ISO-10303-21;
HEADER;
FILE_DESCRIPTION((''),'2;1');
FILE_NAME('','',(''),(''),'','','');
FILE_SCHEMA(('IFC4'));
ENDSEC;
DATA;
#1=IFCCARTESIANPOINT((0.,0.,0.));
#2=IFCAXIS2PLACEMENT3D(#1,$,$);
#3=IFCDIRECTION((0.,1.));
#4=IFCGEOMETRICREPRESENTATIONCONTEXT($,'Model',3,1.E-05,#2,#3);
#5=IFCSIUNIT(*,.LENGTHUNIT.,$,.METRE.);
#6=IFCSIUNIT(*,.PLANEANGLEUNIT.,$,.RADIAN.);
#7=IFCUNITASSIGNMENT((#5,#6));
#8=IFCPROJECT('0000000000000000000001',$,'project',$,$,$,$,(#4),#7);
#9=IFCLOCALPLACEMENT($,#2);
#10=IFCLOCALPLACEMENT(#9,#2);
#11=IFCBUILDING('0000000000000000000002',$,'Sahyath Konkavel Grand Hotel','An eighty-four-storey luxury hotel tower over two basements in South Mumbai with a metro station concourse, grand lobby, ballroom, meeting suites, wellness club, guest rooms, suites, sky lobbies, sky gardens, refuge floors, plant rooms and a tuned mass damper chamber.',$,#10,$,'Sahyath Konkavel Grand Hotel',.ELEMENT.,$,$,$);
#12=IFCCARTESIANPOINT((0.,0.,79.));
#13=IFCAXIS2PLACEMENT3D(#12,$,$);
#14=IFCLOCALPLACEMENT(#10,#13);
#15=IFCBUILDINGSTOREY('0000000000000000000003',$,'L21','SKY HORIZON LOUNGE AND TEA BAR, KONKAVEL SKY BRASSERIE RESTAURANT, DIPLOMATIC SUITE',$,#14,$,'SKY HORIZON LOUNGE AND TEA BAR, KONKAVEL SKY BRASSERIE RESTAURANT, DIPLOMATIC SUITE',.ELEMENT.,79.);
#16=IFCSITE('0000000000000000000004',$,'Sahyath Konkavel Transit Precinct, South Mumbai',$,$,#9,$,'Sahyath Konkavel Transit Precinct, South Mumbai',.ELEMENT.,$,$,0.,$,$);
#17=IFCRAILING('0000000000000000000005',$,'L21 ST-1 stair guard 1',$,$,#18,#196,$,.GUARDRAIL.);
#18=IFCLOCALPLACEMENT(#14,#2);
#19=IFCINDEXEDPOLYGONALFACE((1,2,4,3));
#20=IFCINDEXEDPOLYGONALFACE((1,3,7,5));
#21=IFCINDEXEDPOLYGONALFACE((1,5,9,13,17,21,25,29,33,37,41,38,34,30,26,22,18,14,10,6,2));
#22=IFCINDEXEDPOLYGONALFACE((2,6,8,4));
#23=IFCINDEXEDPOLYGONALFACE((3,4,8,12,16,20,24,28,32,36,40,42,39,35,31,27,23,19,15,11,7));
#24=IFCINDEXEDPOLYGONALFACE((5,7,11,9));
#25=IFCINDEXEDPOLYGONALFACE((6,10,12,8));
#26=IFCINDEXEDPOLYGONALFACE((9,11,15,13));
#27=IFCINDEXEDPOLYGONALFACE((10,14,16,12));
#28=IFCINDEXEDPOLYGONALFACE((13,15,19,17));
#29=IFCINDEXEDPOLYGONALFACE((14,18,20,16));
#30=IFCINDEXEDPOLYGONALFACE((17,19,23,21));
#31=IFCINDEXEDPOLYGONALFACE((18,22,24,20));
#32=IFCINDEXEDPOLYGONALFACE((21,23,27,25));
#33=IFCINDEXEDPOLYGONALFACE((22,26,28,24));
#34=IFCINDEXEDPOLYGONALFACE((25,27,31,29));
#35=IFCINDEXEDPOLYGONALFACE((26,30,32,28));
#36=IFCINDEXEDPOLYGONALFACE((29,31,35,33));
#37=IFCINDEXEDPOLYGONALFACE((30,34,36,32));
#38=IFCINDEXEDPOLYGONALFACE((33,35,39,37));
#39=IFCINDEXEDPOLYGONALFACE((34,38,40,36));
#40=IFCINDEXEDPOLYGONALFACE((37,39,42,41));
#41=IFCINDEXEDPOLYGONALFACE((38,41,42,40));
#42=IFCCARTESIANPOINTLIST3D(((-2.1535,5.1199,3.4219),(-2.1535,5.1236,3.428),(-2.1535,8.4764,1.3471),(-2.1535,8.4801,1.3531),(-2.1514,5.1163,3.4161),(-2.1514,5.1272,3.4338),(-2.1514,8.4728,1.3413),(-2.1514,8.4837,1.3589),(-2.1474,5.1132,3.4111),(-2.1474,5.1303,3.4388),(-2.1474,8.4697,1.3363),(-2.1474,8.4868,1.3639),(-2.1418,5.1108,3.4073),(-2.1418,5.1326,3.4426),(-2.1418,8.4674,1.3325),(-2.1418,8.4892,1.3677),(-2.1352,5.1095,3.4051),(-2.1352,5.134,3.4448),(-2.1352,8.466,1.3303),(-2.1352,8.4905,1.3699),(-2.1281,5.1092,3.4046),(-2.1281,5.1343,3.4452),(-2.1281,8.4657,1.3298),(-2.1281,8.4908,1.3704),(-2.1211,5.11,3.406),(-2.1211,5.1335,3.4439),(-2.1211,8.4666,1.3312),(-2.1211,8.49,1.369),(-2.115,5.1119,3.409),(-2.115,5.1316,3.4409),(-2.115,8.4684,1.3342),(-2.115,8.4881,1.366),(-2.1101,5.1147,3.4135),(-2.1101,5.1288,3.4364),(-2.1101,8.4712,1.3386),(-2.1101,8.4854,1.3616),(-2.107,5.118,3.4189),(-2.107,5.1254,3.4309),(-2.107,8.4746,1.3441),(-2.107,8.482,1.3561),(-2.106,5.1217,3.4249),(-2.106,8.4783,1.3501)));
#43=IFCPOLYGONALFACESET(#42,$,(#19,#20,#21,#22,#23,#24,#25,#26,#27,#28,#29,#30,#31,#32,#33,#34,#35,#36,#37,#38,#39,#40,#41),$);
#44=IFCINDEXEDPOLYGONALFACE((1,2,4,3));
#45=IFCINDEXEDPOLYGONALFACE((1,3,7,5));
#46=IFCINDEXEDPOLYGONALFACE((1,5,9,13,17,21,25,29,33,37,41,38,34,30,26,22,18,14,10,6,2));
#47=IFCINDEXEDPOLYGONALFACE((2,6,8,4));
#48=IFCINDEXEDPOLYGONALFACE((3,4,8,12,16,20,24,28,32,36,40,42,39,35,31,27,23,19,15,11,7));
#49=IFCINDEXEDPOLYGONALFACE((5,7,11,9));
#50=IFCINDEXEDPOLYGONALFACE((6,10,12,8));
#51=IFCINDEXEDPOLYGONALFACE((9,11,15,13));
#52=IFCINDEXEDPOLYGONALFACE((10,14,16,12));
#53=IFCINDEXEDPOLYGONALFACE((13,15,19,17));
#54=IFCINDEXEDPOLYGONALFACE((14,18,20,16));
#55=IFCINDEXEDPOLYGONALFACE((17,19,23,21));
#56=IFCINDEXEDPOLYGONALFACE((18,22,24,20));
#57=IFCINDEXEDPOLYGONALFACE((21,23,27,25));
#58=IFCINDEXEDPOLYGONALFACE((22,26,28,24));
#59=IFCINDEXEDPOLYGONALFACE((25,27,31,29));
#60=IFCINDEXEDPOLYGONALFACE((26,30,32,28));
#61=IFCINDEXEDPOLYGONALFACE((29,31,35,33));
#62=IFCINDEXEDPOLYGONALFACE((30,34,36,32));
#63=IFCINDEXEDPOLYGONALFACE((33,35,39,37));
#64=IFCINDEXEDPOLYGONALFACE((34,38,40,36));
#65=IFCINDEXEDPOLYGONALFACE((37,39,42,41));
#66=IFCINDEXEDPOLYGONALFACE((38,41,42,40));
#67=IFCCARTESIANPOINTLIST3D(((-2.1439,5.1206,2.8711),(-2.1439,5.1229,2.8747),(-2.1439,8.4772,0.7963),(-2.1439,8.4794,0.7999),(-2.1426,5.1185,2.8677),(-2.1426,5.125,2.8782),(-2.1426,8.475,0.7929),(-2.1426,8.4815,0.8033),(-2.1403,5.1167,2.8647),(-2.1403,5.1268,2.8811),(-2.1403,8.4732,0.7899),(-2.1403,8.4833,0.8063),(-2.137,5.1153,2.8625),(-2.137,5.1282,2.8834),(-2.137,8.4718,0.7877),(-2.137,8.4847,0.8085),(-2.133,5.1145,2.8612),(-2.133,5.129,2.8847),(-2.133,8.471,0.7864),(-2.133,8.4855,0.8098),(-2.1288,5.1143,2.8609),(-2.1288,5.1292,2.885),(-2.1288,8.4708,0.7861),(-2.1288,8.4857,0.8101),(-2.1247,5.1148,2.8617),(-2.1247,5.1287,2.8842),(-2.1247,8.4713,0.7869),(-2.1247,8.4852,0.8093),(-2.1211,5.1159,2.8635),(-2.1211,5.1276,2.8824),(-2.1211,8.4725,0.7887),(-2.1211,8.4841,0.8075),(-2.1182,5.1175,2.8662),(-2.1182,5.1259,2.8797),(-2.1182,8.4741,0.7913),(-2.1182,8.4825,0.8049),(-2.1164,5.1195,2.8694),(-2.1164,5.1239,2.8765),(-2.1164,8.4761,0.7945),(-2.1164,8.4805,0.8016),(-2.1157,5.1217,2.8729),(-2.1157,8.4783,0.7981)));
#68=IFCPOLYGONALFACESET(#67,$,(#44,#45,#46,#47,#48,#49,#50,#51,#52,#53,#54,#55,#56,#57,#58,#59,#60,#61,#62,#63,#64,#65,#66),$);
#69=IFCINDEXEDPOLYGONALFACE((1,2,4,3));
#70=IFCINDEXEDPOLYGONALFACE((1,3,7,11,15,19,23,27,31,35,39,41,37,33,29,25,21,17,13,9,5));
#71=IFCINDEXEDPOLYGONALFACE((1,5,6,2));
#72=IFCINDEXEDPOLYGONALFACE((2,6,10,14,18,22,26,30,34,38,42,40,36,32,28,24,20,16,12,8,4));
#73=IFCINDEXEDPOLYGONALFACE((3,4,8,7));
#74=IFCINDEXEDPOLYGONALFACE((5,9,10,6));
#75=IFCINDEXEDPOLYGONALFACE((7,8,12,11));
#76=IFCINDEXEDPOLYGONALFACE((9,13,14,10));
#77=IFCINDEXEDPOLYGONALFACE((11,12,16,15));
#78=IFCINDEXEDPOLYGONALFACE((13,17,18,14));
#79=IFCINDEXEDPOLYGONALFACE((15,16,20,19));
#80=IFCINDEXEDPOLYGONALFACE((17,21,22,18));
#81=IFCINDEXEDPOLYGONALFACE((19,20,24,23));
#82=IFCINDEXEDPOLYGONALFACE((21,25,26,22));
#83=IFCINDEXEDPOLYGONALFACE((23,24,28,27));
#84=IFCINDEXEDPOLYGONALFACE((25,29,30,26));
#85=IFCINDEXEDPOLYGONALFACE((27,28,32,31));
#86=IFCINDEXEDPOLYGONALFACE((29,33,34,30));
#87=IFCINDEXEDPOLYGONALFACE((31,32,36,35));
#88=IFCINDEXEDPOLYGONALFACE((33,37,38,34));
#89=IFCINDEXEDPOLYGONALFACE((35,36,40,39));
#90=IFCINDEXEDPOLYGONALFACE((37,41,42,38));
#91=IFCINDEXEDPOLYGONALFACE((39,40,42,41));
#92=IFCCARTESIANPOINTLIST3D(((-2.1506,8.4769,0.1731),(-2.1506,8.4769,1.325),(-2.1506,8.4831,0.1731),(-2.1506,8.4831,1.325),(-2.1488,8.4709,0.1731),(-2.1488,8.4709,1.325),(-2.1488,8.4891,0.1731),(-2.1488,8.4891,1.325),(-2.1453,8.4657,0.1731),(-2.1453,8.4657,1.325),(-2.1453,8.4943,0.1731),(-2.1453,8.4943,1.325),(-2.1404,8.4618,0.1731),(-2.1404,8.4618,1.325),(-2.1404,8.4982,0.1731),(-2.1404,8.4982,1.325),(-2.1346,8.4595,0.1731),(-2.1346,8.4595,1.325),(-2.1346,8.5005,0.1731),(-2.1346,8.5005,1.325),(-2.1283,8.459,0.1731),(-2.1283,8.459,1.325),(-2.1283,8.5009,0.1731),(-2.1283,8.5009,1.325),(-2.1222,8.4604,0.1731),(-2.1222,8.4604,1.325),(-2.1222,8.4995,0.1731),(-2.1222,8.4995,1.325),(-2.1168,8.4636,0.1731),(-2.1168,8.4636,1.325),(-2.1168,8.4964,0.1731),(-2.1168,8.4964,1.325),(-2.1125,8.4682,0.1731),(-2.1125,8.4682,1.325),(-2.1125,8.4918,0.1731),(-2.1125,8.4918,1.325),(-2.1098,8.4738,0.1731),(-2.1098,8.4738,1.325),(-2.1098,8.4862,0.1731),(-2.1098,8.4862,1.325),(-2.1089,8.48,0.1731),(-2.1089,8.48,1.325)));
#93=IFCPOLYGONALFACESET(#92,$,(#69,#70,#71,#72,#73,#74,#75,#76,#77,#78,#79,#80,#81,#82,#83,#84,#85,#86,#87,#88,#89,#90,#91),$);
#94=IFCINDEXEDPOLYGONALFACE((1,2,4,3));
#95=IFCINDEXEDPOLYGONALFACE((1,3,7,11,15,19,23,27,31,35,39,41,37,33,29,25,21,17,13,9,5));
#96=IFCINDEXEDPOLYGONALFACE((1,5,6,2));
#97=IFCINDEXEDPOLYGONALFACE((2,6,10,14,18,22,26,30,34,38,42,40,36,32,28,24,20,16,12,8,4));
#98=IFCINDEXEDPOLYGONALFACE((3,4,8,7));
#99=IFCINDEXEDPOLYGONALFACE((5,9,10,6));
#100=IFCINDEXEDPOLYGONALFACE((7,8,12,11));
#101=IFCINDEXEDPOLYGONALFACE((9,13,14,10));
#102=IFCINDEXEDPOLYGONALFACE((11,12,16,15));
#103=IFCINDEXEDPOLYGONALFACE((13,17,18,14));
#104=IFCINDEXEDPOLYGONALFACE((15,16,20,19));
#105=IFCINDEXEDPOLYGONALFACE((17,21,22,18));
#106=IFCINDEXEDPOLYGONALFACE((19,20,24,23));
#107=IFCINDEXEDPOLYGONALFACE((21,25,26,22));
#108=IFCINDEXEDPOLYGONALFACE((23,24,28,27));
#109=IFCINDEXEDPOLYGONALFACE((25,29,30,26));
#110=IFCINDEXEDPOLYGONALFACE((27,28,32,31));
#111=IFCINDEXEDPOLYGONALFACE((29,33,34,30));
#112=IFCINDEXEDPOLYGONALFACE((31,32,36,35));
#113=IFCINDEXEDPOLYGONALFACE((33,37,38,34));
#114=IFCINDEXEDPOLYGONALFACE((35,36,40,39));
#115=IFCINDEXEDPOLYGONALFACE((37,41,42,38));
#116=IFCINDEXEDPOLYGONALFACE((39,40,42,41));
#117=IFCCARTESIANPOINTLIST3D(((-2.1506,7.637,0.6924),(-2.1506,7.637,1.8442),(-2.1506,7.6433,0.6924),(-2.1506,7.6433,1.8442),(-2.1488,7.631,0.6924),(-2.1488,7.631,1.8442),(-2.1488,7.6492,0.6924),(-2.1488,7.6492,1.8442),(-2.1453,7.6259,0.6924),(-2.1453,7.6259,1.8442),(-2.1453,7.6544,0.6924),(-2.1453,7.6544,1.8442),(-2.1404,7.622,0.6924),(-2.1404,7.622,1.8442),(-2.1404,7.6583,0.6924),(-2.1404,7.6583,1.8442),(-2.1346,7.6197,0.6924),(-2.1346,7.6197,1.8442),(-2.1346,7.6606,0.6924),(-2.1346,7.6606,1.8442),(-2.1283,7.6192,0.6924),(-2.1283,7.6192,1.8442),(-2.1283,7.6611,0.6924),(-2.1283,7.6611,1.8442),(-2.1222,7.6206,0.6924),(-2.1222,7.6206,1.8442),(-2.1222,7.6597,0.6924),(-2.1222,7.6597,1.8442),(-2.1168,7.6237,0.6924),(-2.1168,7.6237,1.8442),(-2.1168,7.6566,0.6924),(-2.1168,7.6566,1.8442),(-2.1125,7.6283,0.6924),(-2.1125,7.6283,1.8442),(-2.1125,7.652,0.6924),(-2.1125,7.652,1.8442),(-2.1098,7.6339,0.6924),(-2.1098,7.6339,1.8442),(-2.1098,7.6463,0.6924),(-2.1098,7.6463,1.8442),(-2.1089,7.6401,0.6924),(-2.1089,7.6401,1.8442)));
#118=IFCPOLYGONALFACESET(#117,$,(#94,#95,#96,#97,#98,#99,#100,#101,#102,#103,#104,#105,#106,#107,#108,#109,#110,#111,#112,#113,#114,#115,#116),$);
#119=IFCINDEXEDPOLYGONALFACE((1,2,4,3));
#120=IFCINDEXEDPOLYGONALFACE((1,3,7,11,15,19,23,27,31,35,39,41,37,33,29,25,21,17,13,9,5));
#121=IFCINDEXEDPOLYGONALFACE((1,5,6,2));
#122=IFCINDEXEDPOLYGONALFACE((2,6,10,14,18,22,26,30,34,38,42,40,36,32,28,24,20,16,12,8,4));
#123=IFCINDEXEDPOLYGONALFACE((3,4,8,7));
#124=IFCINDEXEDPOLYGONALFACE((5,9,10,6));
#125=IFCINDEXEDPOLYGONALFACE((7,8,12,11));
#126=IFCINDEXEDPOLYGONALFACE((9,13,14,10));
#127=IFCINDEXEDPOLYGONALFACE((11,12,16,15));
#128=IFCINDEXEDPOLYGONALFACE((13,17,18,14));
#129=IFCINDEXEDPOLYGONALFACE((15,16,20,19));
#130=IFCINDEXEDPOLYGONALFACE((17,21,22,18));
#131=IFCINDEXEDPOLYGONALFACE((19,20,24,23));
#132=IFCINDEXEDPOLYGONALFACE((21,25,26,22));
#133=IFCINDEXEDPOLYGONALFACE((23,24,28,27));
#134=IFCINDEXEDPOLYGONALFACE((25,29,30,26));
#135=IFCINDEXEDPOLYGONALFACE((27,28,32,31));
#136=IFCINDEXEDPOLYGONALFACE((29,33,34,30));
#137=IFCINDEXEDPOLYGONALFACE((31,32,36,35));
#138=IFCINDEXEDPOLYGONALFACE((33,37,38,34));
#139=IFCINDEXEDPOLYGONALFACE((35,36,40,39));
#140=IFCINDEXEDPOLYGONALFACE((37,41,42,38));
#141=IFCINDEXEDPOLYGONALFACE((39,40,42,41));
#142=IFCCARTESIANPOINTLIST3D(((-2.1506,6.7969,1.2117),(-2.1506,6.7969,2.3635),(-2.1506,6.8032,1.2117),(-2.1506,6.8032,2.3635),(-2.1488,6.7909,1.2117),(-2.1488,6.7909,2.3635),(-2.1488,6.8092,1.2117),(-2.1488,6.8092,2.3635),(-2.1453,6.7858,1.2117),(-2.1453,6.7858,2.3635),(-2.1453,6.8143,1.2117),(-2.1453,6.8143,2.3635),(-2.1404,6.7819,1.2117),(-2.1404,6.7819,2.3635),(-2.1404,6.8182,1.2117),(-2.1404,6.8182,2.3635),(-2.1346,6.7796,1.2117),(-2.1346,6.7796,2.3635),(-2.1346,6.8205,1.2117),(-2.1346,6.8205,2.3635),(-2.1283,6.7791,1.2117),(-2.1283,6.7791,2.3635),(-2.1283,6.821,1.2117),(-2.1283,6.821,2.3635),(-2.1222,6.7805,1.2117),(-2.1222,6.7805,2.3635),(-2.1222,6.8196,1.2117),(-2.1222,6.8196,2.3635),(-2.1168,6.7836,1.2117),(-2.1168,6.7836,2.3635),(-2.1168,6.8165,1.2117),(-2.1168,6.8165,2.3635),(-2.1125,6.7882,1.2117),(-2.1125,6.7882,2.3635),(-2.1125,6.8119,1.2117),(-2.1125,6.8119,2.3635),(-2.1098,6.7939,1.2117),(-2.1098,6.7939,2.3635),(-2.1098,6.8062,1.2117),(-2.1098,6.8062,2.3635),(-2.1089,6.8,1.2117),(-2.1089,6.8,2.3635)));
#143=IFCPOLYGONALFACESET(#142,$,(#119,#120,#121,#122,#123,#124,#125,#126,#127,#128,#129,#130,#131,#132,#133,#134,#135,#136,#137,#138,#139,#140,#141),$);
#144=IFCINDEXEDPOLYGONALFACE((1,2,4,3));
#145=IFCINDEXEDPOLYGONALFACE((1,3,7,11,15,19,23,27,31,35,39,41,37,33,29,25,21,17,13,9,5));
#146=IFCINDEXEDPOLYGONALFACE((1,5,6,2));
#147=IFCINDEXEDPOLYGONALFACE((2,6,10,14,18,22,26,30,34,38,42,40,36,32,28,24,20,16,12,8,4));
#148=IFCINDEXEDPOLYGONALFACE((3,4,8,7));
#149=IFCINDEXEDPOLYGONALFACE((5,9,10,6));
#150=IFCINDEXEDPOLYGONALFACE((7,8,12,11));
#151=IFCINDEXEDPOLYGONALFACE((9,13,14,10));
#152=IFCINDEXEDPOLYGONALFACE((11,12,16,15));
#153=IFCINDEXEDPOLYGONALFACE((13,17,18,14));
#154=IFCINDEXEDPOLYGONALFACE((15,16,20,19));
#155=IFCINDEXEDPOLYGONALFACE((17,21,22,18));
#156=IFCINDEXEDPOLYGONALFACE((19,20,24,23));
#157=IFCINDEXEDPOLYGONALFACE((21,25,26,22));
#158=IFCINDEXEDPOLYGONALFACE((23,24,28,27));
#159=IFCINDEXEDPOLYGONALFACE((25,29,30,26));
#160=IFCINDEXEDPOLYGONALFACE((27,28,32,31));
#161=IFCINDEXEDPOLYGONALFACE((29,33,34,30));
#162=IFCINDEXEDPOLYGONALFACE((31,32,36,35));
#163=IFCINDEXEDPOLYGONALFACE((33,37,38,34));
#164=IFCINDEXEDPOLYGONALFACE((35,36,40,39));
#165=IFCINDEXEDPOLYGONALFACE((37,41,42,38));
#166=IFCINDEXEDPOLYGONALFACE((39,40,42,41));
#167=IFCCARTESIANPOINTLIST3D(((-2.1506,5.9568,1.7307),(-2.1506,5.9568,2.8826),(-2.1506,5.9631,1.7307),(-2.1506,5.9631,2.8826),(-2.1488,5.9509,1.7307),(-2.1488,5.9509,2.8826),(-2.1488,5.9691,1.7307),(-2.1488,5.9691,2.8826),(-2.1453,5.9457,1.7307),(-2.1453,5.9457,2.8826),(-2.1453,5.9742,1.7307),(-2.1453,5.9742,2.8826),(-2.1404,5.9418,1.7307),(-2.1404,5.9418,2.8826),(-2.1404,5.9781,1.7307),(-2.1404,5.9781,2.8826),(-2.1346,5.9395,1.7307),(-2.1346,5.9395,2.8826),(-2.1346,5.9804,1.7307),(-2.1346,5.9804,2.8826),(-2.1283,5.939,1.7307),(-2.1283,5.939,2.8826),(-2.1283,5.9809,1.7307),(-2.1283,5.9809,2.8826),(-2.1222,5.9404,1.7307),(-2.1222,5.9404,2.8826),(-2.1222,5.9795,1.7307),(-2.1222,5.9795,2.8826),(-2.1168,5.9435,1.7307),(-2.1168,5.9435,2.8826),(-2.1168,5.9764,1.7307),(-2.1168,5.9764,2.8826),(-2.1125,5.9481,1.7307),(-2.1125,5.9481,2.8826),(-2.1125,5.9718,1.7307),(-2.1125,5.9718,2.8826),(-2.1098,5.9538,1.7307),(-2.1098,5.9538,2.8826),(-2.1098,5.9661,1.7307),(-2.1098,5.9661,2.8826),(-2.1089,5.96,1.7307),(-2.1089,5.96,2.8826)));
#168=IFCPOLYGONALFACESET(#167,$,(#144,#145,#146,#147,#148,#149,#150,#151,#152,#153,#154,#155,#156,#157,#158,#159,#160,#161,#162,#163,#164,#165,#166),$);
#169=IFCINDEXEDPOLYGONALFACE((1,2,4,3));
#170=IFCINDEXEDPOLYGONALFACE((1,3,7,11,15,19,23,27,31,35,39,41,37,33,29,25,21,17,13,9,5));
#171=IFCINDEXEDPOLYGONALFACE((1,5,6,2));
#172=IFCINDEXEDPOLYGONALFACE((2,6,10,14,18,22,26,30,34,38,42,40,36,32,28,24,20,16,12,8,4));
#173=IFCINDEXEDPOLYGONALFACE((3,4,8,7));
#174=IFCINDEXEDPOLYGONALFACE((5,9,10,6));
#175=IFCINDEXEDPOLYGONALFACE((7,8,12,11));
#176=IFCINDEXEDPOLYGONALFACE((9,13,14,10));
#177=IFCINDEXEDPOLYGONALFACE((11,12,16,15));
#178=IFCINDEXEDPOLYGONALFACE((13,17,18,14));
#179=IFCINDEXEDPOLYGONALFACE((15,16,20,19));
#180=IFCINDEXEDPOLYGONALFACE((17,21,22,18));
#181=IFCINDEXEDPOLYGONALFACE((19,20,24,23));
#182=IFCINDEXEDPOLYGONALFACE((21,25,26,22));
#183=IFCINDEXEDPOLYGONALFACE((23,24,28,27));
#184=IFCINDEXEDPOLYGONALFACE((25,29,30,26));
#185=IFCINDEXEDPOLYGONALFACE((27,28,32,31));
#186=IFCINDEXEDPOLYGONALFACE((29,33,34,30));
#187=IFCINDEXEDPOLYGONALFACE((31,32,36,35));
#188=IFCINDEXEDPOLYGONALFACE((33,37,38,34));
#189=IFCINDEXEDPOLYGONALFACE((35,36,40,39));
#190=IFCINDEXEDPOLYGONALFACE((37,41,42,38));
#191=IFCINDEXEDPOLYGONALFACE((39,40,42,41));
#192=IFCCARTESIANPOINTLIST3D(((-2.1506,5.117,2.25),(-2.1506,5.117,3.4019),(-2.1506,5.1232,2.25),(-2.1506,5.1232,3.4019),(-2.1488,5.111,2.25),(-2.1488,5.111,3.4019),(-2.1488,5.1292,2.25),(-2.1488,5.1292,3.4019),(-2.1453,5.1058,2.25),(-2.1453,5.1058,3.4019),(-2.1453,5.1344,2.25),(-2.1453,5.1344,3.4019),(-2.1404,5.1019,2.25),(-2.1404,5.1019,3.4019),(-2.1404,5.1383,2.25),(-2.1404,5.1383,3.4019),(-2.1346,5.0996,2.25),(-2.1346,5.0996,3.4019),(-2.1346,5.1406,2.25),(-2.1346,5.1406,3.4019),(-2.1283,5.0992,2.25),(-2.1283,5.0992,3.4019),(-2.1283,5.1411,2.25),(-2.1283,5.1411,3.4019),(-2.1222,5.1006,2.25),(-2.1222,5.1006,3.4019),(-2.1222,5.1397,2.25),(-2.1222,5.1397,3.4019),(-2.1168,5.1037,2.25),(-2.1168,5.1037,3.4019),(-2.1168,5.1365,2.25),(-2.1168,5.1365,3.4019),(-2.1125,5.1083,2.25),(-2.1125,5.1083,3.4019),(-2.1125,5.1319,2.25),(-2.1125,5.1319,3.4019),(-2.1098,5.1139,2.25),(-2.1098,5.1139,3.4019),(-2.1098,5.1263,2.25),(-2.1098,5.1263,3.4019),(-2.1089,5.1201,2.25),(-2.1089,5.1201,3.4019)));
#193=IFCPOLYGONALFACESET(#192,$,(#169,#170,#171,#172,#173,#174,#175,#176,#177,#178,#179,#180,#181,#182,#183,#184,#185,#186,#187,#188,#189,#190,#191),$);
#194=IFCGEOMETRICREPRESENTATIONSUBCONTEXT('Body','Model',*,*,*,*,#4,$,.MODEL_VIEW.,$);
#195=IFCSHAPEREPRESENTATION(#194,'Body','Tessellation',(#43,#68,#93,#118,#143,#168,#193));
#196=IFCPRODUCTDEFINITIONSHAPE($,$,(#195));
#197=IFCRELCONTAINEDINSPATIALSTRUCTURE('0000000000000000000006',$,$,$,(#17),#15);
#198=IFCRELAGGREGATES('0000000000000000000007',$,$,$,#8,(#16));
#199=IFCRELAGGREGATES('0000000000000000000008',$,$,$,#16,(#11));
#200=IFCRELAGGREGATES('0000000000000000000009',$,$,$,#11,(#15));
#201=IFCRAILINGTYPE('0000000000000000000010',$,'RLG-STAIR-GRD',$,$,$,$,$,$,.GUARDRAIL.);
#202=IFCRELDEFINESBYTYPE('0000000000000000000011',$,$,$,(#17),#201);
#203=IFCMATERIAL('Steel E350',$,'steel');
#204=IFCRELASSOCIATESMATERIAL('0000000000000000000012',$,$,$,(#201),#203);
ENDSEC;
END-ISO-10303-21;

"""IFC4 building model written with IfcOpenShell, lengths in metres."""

from ifc_helpers import new_model, si_unit, direction, frame, origin, origin_2d, place, context, subcontext, project, spatial, circle, extrude, material, type_object, element, save


model = new_model("IFC4")

# Units and contexts
model_context = context("Model", 3, precision=1e-05, world=origin(), true_north=direction((0.0, 1.0)))
body_context = subcontext(model_context, "Body", "Model", "MODEL_VIEW")
ifc_project = project(units=[si_unit("LENGTHUNIT", "METRE"), si_unit("PLANEANGLEUNIT", "RADIAN")], contexts=[model_context])

# Site, building, storey
site_placement = place(None, origin())
site = spatial("IfcSite", under=ifc_project, at=site_placement, Name="Sahyath Konkavel Transit Precinct, South Mumbai", LongName="Sahyath Konkavel Transit Precinct, South Mumbai", CompositionType="ELEMENT", RefElevation=0.0)
building_placement = place(site_placement, origin())
building = spatial("IfcBuilding", under=site, at=building_placement, Name="Sahyath Konkavel Grand Hotel", Description="An eighty-four-storey luxury hotel tower over two basements in South Mumbai with a metro station concourse, grand lobby, ballroom, meeting suites, wellness club, guest rooms, suites, sky lobbies, sky gardens, refuge floors, plant rooms and a tuned mass damper chamber.", LongName="Sahyath Konkavel Grand Hotel", CompositionType="ELEMENT")
storey_placement = place(building_placement, frame((0.0, 0.0, 79.0)))
storey = spatial("IfcBuildingStorey", under=building, at=storey_placement, Name="L21", Description="SKY HORIZON LOUNGE AND TEA BAR, KONKAVEL SKY BRASSERIE RESTAURANT, DIPLOMATIC SUITE", LongName="SKY HORIZON LOUNGE AND TEA BAR, KONKAVEL SKY BRASSERIE RESTAURANT, DIPLOMATIC SUITE", CompositionType="ELEMENT", Elevation=79.0)

# Shared definitions
ifc_material_1 = material(Name="Steel E350", Category="steel")

# Railing
railing_type_1 = type_object("IfcRailingType", Name="RLG-STAIR-GRD", PredefinedType="GUARDRAIL", material=ifc_material_1)
railing_1_placement = place(storey_placement, frame((-2.1299, 8.48, 0.1731)))
element("IfcRailing", 1, at=railing_1_placement, inside=storey, type_object=railing_type_1, Name="L21 ST-1 stair guard 1", PredefinedType="GUARDRAIL", context=body_context, shape_type="SweptSolid", body=[
    extrude(circle(Radius=0.0239, at=origin_2d()), frame((0.0, -0.0017, 1.177), z_axis=(0.0, -0.850606, 0.525803), x_axis=(1.0, 0.0, 0.0)), (0.0, 0.0, 1.0), 3.946),
    extrude(circle(Radius=0.0142, at=origin_2d()), frame((0.0, -0.0017, 0.625), z_axis=(0.0, -0.850606, 0.525803), x_axis=(1.0, 0.0, 0.0)), (0.0, 0.0, 1.0), 3.946),
    extrude(circle(Radius=0.021, at=origin_2d()), origin(), (0.0, 0.0, 1.0), 1.1519),
    extrude(circle(Radius=0.021, at=origin_2d()), frame((0.0, -0.8398, 0.5193)), (0.0, 0.0, 1.0), 1.1519),
    extrude(circle(Radius=0.021, at=origin_2d()), frame((0.0, -1.6799, 1.0386)), (0.0, 0.0, 1.0), 1.1519),
    extrude(circle(Radius=0.021, at=origin_2d()), frame((0.0, -2.52, 1.5576)), (0.0, 0.0, 1.0), 1.1519),
    extrude(circle(Radius=0.021, at=origin_2d()), frame((0.0, -3.3599, 2.0769)), (0.0, 0.0, 1.0), 1.1519),
])

save(model, "model.ifc")
